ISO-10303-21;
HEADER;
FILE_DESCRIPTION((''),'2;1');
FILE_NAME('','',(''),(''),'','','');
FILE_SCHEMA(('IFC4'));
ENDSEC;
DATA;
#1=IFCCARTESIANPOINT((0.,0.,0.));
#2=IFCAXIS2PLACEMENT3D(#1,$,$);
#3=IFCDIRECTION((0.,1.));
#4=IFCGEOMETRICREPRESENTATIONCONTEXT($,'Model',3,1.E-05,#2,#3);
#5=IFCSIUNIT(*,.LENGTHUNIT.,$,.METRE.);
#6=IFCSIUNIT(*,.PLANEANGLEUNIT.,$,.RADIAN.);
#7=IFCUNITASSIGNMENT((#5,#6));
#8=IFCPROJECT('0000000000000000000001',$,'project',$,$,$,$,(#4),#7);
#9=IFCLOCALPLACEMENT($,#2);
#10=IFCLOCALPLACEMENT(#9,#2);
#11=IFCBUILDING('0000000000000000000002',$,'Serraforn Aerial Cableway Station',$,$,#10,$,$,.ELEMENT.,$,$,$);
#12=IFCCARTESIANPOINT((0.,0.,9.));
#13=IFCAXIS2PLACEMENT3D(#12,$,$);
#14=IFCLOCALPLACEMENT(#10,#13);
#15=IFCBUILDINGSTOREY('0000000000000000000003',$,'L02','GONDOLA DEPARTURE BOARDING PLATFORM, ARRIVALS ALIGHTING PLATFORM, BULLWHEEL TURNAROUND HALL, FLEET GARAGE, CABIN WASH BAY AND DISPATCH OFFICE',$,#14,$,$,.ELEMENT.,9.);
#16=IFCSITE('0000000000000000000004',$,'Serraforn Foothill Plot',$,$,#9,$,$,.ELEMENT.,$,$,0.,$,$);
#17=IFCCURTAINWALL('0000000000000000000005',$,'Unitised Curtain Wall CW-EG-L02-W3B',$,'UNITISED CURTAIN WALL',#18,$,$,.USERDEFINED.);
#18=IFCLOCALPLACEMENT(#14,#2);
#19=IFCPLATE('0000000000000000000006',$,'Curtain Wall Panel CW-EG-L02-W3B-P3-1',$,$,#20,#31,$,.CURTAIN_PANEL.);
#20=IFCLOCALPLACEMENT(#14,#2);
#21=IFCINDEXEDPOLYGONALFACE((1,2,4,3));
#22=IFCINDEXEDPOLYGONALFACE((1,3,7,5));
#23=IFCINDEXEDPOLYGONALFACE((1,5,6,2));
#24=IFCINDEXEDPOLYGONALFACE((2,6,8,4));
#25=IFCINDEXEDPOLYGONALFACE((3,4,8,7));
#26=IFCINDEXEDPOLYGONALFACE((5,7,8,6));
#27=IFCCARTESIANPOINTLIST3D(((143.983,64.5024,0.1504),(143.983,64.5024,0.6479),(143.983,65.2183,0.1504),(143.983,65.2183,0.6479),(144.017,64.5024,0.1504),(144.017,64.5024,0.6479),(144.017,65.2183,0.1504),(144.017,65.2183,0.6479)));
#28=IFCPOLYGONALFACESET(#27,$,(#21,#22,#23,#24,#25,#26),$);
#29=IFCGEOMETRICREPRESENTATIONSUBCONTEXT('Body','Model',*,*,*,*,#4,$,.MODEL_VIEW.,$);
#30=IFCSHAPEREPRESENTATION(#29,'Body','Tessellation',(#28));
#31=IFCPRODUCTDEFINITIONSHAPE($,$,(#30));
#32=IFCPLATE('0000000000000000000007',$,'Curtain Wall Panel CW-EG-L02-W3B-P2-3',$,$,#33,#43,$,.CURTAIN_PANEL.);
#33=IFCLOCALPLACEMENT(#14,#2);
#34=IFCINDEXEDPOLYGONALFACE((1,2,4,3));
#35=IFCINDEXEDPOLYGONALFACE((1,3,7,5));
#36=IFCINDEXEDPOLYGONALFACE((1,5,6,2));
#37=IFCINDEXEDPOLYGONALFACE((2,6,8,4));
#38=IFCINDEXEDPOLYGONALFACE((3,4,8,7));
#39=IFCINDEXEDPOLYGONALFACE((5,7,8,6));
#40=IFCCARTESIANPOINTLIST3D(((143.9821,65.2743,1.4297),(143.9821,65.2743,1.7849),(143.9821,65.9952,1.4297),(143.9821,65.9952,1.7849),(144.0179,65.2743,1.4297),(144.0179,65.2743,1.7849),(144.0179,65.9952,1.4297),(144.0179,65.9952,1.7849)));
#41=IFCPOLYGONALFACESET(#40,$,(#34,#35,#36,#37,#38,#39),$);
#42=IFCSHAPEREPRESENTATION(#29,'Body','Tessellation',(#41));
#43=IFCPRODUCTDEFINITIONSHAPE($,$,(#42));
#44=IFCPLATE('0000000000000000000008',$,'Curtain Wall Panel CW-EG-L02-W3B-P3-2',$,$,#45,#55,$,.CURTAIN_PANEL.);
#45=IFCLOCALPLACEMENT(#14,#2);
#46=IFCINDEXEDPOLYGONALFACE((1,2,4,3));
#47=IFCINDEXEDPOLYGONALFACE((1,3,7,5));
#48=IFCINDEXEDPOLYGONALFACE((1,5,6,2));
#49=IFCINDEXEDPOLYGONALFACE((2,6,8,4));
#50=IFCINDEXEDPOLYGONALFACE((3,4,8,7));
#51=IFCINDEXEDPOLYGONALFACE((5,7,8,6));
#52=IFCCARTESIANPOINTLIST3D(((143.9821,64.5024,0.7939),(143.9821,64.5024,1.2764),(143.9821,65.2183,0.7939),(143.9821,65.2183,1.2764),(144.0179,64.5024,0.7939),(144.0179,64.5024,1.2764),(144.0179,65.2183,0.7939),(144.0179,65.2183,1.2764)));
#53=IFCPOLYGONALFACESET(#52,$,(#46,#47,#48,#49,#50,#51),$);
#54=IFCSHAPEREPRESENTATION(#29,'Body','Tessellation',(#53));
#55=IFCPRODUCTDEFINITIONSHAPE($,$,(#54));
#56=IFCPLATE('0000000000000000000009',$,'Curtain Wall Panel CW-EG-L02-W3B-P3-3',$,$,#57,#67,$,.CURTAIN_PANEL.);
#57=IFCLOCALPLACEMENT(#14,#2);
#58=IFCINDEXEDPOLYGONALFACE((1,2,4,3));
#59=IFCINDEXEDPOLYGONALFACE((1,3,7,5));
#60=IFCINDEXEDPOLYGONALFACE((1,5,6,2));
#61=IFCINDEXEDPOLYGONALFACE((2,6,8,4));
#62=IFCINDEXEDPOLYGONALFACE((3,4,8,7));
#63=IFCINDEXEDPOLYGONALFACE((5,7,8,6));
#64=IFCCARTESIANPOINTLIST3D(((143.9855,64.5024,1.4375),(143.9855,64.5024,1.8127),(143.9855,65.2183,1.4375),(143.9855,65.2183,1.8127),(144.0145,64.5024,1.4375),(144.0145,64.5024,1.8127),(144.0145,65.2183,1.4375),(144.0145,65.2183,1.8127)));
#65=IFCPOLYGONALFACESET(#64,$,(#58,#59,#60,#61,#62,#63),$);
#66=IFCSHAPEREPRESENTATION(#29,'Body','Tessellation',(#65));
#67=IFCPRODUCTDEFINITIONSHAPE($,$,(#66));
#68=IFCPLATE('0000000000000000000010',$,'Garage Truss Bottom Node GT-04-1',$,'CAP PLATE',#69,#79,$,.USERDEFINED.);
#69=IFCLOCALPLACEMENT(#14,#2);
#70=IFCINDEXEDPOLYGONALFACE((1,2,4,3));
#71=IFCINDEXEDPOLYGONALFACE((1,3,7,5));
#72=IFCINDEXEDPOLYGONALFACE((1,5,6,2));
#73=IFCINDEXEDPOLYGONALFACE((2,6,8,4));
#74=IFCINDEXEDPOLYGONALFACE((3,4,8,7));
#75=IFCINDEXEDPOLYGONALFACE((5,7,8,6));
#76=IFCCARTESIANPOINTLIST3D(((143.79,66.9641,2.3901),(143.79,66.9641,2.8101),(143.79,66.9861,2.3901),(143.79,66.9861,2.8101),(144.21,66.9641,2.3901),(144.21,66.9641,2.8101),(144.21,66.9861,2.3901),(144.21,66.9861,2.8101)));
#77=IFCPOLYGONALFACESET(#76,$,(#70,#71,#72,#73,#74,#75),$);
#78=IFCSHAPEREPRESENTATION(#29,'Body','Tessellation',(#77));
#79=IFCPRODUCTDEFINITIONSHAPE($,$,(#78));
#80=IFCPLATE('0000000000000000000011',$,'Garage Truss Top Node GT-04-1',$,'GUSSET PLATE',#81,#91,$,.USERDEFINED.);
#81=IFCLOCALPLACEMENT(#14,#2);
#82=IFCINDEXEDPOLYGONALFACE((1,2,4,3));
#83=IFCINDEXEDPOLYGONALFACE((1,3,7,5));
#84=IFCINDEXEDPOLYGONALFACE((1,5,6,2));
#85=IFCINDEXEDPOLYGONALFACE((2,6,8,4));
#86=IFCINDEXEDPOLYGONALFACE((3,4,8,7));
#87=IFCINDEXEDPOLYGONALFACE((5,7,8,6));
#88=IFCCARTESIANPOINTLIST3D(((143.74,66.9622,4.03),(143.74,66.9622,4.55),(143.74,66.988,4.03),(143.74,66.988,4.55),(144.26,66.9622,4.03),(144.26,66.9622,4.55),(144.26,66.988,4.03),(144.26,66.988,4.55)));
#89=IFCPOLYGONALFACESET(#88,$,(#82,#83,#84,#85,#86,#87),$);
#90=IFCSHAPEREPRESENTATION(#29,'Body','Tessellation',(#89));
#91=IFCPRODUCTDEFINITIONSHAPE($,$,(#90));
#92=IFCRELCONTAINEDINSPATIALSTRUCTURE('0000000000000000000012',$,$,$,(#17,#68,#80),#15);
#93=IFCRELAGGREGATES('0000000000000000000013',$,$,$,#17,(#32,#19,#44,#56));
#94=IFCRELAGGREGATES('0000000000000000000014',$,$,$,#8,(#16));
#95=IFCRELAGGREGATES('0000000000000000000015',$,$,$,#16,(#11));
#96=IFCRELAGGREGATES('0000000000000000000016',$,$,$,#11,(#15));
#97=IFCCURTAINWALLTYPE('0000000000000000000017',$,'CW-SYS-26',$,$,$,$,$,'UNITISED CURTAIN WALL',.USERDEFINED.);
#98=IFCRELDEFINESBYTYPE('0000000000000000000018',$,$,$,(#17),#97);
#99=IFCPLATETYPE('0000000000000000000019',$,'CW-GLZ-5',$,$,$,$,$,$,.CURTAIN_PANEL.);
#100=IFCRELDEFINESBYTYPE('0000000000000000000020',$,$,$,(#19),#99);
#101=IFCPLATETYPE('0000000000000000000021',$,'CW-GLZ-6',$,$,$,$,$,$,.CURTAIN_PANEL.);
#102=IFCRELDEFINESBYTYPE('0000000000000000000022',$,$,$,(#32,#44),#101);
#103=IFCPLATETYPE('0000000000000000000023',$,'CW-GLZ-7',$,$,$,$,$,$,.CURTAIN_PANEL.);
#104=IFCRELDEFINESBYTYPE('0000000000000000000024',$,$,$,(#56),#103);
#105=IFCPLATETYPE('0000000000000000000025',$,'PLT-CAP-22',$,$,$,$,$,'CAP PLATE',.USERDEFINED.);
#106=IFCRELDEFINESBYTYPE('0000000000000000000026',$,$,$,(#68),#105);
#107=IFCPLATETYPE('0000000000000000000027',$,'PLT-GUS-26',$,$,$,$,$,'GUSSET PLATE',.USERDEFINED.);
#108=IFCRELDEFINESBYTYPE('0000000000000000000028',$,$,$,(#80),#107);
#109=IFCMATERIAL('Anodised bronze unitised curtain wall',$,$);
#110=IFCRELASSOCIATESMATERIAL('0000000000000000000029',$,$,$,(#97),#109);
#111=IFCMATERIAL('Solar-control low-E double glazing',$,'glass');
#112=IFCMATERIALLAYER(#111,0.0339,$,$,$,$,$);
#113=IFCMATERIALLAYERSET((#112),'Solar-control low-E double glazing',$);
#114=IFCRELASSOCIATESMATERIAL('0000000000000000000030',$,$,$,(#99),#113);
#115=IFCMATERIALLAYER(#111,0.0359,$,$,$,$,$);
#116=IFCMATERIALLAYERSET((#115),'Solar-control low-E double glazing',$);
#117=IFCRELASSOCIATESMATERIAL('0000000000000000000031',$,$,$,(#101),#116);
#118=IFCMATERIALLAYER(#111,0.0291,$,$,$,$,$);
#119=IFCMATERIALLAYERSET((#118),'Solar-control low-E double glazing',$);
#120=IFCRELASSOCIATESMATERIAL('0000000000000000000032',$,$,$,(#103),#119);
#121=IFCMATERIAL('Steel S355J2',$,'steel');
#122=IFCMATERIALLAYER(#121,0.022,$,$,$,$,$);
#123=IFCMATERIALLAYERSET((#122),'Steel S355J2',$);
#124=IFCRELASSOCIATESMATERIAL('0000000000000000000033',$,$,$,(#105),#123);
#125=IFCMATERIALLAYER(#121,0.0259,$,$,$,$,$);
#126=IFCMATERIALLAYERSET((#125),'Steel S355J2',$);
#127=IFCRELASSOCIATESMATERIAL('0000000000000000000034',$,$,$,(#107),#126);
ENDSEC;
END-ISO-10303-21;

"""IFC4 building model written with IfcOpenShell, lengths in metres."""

from ifc_helpers import new_model, si_unit, direction, frame, origin, origin_2d, place, context, subcontext, project, spatial, rectangle, extrude, material, layer, layer_set, type_object, element, aggregate, save


model = new_model("IFC4")

# Units and contexts
model_context = context("Model", 3, precision=1e-05, world=origin(), true_north=direction((0.0, 1.0)))
body_context = subcontext(model_context, "Body", "Model", "MODEL_VIEW")
ifc_project = project(units=[si_unit("LENGTHUNIT", "METRE"), si_unit("PLANEANGLEUNIT", "RADIAN")], contexts=[model_context])

# Site, building, storey
site_placement = place(None, origin())
site = spatial("IfcSite", under=ifc_project, at=site_placement, Name="Serraforn Foothill Plot", CompositionType="ELEMENT", RefElevation=0.0)
building_placement = place(site_placement, origin())
building = spatial("IfcBuilding", under=site, at=building_placement, Name="Serraforn Aerial Cableway Station", CompositionType="ELEMENT")
storey_placement = place(building_placement, frame((0.0, 0.0, 9.0)))
storey = spatial("IfcBuildingStorey", under=building, at=storey_placement, Name="L02", Description="GONDOLA DEPARTURE BOARDING PLATFORM, ARRIVALS ALIGHTING PLATFORM, BULLWHEEL TURNAROUND HALL, FLEET GARAGE, CABIN WASH BAY AND DISPATCH OFFICE", CompositionType="ELEMENT", Elevation=9.0)

# Curtain wall
ifc_material_1 = material(Name="Anodised bronze unitised curtain wall")
curtain_wall_type = type_object("IfcCurtainWallType", Name="CW-SYS-26", ElementType="UNITISED CURTAIN WALL", PredefinedType="USERDEFINED", material=ifc_material_1)
curtain_wall_placement = place(storey_placement, origin())
curtain_wall = element("IfcCurtainWall", 1, at=curtain_wall_placement, inside=storey, type_object=curtain_wall_type, Name="Unitised Curtain Wall CW-EG-L02-W3B", ObjectType="UNITISED CURTAIN WALL", PredefinedType="USERDEFINED")

# Shared definitions
ifc_material_2 = material(Name="Steel S355J2", Category="steel")

# Plates
ifc_material_3 = material(Name="Solar-control low-E double glazing", Category="glass")
ifc_layer_1 = layer(ifc_material_3, 0.0339)
ifc_layer_set_1 = layer_set([ifc_layer_1], Name="Solar-control low-E double glazing")
plate_type_1 = type_object("IfcPlateType", Name="CW-GLZ-5", PredefinedType="CURTAIN_PANEL", material=ifc_layer_set_1)
plate_1_placement = place(storey_placement, frame((144.0, 64.8604, 0.1504), z_axis=(0.0, 0.0, 1.0), x_axis=(1.0, 0.0, 0.0)))
plate_1 = element("IfcPlate", 2, at=plate_1_placement, type_object=plate_type_1, Name="Curtain Wall Panel CW-EG-L02-W3B-P3-1", PredefinedType="CURTAIN_PANEL", context=body_context, shape_type="SweptSolid", body=[
    extrude(rectangle(XDim=0.0339, YDim=0.7158, at=origin_2d()), origin(), (0.0, 0.0, 1.0), 0.4976),
])
ifc_layer_2 = layer(ifc_material_3, 0.0359)
ifc_layer_set_2 = layer_set([ifc_layer_2], Name="Solar-control low-E double glazing")
plate_type_2 = type_object("IfcPlateType", Name="CW-GLZ-6", PredefinedType="CURTAIN_PANEL", material=ifc_layer_set_2)
plate_2_placement = place(storey_placement, frame((144.0, 65.6348, 1.4297), z_axis=(0.0, 0.0, 1.0), x_axis=(1.0, 0.0, 0.0)))
plate_2 = element("IfcPlate", 3, at=plate_2_placement, type_object=plate_type_2, Name="Curtain Wall Panel CW-EG-L02-W3B-P2-3", PredefinedType="CURTAIN_PANEL", context=body_context, shape_type="SweptSolid", body=[
    extrude(rectangle(XDim=0.0359, YDim=0.7209, at=origin_2d()), origin(), (0.0, 0.0, 1.0), 0.3552),
])
plate_3_placement = place(storey_placement, frame((144.0, 64.8604, 0.7939), z_axis=(0.0, 0.0, 1.0), x_axis=(1.0, 0.0, 0.0)))
plate_3 = element("IfcPlate", 4, at=plate_3_placement, type_object=plate_type_2, Name="Curtain Wall Panel CW-EG-L02-W3B-P3-2", PredefinedType="CURTAIN_PANEL", context=body_context, shape_type="SweptSolid", body=[
    extrude(rectangle(XDim=0.0359, YDim=0.7158, at=origin_2d()), origin(), (0.0, 0.0, 1.0), 0.4824),
])
ifc_layer_3 = layer(ifc_material_3, 0.0291)
ifc_layer_set_3 = layer_set([ifc_layer_3], Name="Solar-control low-E double glazing")
plate_type_3 = type_object("IfcPlateType", Name="CW-GLZ-7", PredefinedType="CURTAIN_PANEL", material=ifc_layer_set_3)
plate_4_placement = place(storey_placement, frame((144.0, 64.8604, 1.4375), z_axis=(0.0, 0.0, 1.0), x_axis=(1.0, 0.0, 0.0)))
plate_4 = element("IfcPlate", 5, at=plate_4_placement, type_object=plate_type_3, Name="Curtain Wall Panel CW-EG-L02-W3B-P3-3", PredefinedType="CURTAIN_PANEL", context=body_context, shape_type="SweptSolid", body=[
    extrude(rectangle(XDim=0.0291, YDim=0.7158, at=origin_2d()), origin(), (0.0, 0.0, 1.0), 0.3752),
])
aggregate(curtain_wall, [plate_2, plate_1, plate_3, plate_4])

# Plates
ifc_layer_4 = layer(ifc_material_2, 0.022)
ifc_layer_set_4 = layer_set([ifc_layer_4], Name="Steel S355J2")
plate_type_4 = type_object("IfcPlateType", Name="PLT-CAP-22", ElementType="CAP PLATE", PredefinedType="USERDEFINED", material=ifc_layer_set_4)
plate_5_placement = place(storey_placement, frame((144.0, 66.9751, 2.3901), z_axis=(0.0, 0.0, 1.0), x_axis=(1.0, 0.0, 0.0)))
element("IfcPlate", 6, at=plate_5_placement, inside=storey, type_object=plate_type_4, Name="Garage Truss Bottom Node GT-04-1", ObjectType="CAP PLATE", PredefinedType="USERDEFINED", context=body_context, shape_type="SweptSolid", body=[
    extrude(rectangle(XDim=0.4199, YDim=0.022, at=origin_2d()), origin(), (0.0, 0.0, 1.0), 0.4199),
])
ifc_layer_5 = layer(ifc_material_2, 0.0259)
ifc_layer_set_5 = layer_set([ifc_layer_5], Name="Steel S355J2")
plate_type_5 = type_object("IfcPlateType", Name="PLT-GUS-26", ElementType="GUSSET PLATE", PredefinedType="USERDEFINED", material=ifc_layer_set_5)
plate_6_placement = place(storey_placement, frame((144.0, 66.9751, 4.03), z_axis=(0.0, 0.0, 1.0), x_axis=(1.0, 0.0, 0.0)))
element("IfcPlate", 7, at=plate_6_placement, inside=storey, type_object=plate_type_5, Name="Garage Truss Top Node GT-04-1", ObjectType="GUSSET PLATE", PredefinedType="USERDEFINED", context=body_context, shape_type="SweptSolid", body=[
    extrude(rectangle(XDim=0.52, YDim=0.0259, at=origin_2d()), origin(), (0.0, 0.0, 1.0), 0.52),
])

save(model, "model.ifc")
